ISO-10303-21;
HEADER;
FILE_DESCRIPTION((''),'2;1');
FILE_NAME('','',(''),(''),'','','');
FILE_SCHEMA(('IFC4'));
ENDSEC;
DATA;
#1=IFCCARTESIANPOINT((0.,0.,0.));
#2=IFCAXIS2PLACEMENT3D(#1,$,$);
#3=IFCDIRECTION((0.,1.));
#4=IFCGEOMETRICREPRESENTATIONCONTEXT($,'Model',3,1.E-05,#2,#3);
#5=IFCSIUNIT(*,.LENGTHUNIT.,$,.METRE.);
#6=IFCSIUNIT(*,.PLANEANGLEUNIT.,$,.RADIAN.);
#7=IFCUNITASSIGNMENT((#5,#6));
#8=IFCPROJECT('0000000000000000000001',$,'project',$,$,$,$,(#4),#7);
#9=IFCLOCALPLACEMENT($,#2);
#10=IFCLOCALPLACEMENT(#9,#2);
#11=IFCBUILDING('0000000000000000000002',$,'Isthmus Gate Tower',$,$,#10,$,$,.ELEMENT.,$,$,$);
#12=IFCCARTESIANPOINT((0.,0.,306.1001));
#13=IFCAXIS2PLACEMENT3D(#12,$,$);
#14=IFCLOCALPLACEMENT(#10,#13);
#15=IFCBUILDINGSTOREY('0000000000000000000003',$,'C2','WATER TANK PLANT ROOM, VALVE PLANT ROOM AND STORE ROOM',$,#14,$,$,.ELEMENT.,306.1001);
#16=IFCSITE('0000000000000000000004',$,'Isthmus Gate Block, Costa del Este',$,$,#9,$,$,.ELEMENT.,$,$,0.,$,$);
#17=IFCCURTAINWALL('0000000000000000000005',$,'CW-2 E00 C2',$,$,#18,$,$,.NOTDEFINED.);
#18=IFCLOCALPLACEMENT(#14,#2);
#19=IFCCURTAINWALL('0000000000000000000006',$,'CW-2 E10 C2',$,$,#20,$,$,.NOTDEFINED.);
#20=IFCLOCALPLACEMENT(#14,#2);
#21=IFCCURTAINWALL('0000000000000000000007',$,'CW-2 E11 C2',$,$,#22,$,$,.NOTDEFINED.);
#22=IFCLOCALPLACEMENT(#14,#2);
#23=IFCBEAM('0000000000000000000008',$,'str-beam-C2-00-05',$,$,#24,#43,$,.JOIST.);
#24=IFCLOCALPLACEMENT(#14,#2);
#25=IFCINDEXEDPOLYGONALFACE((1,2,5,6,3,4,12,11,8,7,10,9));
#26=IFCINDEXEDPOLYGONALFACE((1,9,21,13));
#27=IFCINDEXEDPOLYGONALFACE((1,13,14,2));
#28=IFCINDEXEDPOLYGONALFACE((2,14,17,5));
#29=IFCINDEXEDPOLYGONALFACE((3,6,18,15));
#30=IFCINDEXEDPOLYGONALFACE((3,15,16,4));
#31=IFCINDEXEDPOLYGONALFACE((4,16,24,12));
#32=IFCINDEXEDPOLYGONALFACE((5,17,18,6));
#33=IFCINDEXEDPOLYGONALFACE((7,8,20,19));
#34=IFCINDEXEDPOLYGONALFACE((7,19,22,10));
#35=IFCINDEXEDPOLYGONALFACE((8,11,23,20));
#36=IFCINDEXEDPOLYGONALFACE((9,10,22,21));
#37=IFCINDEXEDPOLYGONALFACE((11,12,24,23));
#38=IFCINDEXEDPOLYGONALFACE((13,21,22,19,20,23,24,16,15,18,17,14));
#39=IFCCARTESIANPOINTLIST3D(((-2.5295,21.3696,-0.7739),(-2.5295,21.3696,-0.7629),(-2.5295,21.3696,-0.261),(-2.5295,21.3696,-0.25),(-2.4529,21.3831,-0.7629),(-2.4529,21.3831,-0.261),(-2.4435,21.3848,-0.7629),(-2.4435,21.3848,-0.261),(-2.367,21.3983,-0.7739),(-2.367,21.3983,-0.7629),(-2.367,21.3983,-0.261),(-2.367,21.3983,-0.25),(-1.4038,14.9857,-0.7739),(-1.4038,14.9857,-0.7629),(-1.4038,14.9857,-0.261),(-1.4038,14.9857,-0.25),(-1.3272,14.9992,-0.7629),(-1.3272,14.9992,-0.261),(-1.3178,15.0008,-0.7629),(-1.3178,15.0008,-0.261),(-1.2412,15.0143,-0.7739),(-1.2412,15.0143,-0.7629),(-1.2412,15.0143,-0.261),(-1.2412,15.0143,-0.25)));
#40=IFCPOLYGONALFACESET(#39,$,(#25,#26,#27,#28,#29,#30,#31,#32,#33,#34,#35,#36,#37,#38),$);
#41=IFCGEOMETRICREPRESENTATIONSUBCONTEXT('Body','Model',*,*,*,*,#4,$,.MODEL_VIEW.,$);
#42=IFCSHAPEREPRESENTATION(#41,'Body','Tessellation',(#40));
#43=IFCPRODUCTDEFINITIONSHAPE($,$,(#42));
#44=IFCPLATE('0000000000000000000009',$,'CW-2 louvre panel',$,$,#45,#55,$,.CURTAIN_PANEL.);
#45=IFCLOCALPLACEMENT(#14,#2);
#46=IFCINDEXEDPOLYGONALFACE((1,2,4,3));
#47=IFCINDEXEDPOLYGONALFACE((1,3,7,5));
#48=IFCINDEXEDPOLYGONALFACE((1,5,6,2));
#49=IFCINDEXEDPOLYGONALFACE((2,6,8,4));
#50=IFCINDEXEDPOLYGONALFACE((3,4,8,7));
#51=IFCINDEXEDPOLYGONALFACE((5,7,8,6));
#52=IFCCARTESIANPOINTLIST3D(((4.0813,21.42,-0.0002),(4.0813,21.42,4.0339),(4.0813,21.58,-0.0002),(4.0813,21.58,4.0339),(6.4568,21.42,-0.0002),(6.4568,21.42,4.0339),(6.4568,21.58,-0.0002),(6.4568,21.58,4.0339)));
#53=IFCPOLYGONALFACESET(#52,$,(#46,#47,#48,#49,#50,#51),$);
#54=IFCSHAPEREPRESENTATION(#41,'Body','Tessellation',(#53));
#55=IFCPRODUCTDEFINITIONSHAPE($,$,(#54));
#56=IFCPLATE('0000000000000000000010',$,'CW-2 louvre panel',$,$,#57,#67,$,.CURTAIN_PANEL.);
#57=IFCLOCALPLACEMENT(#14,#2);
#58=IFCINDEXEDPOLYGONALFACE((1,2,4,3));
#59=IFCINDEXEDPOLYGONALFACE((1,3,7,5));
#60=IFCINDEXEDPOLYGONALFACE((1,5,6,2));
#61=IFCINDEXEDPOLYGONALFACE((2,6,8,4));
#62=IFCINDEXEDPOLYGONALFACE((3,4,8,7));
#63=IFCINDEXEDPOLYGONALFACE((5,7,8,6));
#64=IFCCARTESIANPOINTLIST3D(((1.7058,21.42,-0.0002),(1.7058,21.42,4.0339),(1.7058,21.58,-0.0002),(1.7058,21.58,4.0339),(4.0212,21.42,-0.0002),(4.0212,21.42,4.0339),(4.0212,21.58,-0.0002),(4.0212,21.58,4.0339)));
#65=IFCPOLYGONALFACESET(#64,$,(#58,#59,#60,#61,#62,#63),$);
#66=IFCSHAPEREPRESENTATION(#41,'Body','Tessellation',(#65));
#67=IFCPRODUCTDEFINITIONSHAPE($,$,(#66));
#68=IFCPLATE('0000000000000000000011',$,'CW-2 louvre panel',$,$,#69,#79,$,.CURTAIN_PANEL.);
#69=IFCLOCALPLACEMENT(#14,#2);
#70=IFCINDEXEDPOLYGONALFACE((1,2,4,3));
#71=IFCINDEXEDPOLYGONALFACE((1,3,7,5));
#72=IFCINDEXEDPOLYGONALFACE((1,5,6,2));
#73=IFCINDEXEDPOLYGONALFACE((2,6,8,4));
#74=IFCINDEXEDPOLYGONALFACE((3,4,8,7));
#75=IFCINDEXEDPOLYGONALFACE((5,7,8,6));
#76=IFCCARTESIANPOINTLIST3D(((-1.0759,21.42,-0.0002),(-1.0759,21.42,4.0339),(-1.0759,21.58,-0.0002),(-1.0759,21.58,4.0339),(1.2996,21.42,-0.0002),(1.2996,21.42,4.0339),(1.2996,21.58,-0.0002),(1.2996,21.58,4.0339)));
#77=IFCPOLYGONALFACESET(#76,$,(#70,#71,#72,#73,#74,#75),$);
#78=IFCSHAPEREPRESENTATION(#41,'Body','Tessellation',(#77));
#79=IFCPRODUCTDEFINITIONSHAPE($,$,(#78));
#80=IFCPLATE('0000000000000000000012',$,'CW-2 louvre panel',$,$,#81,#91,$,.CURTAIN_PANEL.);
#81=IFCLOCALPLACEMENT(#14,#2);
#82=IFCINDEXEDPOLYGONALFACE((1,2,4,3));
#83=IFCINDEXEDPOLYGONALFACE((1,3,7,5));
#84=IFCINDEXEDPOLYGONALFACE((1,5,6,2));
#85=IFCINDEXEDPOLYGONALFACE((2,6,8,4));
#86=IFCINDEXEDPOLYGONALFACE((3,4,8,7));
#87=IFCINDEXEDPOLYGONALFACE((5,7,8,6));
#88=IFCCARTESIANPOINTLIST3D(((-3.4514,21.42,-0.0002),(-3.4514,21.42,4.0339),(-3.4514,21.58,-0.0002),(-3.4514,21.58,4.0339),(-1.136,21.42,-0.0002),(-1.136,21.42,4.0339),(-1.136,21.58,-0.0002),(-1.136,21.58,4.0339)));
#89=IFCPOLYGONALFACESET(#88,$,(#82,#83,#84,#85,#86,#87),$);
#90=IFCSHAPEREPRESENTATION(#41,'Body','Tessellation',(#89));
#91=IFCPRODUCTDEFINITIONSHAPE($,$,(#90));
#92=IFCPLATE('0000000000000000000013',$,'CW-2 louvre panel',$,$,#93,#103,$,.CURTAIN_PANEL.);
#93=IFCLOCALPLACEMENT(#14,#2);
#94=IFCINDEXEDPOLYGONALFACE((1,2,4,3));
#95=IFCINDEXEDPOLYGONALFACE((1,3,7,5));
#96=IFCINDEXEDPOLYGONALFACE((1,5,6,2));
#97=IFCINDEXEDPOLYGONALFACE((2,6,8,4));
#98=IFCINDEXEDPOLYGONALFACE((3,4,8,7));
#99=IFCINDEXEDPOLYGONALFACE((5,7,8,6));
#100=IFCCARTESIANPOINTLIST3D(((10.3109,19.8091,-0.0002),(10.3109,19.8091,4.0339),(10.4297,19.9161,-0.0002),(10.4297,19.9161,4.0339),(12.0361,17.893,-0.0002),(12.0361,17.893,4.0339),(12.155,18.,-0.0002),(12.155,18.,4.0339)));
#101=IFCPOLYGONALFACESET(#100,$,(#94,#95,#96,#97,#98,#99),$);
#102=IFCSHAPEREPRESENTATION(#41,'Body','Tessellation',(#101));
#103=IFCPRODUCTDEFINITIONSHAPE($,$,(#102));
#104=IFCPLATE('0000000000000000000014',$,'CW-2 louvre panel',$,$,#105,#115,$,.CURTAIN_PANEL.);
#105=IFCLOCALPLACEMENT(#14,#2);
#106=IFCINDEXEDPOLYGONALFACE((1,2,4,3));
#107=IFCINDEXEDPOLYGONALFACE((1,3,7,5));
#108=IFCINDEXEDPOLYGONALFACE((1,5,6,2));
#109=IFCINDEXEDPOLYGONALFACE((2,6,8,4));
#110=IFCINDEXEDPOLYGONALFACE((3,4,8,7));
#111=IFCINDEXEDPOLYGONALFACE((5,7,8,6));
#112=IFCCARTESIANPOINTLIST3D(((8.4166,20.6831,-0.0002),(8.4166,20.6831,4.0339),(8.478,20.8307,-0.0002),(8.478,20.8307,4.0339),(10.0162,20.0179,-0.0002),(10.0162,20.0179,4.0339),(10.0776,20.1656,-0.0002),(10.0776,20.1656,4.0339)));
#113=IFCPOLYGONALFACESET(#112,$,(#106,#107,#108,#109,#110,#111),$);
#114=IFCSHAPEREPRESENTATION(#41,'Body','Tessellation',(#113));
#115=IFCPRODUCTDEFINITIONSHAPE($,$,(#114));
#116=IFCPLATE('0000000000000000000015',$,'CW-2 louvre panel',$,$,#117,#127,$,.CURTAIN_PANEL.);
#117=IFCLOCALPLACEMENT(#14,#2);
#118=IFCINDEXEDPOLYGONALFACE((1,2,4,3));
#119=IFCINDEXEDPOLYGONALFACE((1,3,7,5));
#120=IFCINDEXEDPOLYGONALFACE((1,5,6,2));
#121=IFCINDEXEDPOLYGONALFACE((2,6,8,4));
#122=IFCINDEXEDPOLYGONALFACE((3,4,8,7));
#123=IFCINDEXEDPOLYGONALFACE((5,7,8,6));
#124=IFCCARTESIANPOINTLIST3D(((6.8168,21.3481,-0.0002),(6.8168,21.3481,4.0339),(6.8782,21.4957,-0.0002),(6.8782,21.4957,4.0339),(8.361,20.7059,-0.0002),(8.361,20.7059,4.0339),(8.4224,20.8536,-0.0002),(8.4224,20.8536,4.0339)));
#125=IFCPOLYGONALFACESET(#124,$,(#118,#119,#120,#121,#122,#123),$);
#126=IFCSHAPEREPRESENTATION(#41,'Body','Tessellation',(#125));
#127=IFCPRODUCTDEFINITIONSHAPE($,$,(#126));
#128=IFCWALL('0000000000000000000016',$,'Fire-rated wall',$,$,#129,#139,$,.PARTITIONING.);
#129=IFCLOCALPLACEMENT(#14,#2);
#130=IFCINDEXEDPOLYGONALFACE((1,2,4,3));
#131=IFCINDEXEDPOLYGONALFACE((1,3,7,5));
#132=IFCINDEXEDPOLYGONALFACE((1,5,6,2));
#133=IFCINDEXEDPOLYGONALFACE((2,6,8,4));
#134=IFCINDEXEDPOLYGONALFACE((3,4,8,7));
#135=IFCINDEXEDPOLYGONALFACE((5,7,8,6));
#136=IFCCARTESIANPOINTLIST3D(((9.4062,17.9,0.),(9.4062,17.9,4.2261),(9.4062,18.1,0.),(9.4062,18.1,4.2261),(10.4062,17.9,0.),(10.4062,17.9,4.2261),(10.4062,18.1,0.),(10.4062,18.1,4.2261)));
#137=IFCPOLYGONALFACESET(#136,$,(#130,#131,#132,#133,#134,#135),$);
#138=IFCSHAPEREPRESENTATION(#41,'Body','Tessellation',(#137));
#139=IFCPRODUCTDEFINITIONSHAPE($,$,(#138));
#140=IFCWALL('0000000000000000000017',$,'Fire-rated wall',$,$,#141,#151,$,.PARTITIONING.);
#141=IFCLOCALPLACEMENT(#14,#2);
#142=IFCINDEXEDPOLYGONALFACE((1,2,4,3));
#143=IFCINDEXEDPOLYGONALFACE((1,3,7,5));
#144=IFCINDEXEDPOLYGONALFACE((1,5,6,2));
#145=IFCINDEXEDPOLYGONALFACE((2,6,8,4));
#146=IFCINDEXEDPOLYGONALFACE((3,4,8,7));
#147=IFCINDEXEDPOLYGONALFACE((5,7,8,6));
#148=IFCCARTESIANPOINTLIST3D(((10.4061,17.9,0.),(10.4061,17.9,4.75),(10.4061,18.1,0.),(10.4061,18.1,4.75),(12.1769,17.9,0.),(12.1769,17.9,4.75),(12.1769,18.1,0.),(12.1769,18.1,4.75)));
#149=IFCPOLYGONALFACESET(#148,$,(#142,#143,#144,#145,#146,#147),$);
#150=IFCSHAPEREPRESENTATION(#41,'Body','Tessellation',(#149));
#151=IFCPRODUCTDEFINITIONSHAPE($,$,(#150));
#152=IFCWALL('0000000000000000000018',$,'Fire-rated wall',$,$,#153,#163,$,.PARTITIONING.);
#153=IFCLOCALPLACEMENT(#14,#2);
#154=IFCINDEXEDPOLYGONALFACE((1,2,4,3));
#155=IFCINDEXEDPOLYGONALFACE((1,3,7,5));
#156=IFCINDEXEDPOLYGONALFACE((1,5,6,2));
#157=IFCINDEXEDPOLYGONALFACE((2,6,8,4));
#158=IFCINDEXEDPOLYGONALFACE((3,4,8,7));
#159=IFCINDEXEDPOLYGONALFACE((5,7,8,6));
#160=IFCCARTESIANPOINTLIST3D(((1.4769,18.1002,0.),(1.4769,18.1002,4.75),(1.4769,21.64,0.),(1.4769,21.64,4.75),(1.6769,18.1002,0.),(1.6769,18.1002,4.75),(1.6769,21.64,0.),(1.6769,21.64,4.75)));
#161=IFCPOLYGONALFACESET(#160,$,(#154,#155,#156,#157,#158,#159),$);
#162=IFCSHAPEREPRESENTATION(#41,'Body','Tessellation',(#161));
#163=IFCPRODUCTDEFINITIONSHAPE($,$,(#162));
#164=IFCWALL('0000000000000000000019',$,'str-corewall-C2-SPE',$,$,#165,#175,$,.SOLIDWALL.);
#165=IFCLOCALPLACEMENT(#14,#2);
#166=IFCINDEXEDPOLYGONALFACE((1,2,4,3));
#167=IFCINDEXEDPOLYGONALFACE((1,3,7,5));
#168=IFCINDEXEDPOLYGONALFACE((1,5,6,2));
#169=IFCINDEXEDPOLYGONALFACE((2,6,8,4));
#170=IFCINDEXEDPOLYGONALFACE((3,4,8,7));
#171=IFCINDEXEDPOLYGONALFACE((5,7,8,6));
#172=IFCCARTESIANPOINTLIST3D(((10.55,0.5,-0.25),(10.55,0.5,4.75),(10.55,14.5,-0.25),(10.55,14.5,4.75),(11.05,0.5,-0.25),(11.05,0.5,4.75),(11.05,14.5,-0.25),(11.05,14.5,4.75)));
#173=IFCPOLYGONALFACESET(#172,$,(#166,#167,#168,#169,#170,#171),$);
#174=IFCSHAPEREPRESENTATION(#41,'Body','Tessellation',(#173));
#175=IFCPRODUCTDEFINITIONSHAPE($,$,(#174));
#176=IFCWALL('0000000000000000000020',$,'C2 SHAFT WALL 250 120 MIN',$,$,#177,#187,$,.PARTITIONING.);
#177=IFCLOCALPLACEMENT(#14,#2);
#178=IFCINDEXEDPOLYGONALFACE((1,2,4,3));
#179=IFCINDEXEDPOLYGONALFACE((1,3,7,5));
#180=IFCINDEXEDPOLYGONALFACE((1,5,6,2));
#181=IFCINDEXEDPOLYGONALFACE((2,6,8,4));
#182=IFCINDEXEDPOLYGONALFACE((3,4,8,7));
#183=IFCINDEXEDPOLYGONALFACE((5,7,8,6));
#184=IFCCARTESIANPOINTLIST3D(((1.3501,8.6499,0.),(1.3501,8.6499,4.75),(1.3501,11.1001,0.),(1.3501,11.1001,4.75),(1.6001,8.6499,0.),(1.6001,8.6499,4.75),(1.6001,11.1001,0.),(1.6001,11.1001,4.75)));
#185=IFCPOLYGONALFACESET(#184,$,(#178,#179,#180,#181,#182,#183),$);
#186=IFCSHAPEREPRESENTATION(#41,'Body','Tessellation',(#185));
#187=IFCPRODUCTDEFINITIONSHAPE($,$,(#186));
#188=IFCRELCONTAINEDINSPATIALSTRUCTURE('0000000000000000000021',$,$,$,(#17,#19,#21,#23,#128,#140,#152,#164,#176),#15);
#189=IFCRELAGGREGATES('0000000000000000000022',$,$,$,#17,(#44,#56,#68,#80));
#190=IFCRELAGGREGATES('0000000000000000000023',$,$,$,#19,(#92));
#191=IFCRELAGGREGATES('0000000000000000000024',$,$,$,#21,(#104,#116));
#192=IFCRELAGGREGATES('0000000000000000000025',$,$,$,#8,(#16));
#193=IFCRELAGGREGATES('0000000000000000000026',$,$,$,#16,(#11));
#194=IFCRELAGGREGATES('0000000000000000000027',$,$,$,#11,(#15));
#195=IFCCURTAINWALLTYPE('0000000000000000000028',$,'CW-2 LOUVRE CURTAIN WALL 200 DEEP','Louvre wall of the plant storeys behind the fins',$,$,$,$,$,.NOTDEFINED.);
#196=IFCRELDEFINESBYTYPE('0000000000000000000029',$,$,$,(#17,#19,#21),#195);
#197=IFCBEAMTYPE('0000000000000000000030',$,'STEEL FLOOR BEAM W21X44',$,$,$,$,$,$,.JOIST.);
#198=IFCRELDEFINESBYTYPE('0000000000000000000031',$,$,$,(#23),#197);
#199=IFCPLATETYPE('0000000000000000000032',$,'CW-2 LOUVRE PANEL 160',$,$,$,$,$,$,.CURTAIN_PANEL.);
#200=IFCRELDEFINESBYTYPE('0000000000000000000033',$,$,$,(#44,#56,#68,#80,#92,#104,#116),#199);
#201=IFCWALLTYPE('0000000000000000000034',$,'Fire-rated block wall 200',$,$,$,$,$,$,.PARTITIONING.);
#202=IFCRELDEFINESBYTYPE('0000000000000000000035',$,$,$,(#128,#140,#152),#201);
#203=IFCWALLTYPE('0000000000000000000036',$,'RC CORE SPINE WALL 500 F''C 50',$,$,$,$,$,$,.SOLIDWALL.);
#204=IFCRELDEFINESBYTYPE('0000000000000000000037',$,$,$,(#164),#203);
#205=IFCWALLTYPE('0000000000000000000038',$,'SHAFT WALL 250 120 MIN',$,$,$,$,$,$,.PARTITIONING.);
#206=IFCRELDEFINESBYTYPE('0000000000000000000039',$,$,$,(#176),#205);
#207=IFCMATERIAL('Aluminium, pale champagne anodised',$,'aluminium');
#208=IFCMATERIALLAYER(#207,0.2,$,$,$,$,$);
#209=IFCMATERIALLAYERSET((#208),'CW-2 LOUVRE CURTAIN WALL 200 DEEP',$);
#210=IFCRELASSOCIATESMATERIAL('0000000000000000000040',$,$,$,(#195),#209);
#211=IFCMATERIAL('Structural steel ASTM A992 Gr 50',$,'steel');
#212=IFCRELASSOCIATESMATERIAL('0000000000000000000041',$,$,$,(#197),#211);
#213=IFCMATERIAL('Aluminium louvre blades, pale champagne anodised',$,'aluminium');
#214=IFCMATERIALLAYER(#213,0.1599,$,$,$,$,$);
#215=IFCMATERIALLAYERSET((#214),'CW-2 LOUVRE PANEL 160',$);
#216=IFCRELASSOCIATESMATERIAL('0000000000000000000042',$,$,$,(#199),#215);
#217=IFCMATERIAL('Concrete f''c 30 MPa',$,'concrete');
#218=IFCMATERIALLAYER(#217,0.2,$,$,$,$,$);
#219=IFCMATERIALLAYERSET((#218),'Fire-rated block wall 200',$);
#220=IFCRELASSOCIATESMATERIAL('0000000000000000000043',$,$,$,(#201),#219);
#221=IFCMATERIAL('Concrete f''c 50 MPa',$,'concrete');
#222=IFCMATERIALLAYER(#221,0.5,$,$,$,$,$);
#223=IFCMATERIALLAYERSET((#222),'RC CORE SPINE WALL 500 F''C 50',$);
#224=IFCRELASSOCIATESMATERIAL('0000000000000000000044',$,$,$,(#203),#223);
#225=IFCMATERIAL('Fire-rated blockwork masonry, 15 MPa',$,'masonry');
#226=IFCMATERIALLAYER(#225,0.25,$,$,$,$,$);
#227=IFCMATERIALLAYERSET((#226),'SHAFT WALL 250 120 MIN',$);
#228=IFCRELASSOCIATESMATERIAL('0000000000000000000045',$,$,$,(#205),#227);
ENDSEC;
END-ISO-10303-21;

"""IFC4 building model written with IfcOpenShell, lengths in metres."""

from ifc_helpers import new_model, si_unit, direction, frame, frame_2d, origin, origin_2d, place, context, subcontext, project, spatial, rectangle, i_section, extrude, material, layer, layer_set, material_profile, profile_set, type_object, element, aggregate, save


model = new_model("IFC4")

# Units and contexts
model_context = context("Model", 3, precision=1e-05, world=origin(), true_north=direction((0.0, 1.0)))
body_context = subcontext(model_context, "Body", "Model", "MODEL_VIEW")
ifc_project = project(units=[si_unit("LENGTHUNIT", "METRE"), si_unit("PLANEANGLEUNIT", "RADIAN")], contexts=[model_context])

# Site, building, storey
site_placement = place(None, origin())
site = spatial("IfcSite", under=ifc_project, at=site_placement, Name="Isthmus Gate Block, Costa del Este", CompositionType="ELEMENT", RefElevation=0.0)
building_placement = place(site_placement, origin())
building = spatial("IfcBuilding", under=site, at=building_placement, Name="Isthmus Gate Tower", CompositionType="ELEMENT")
storey_placement = place(building_placement, frame((0.0, 0.0, 306.1001)))
storey = spatial("IfcBuildingStorey", under=building, at=storey_placement, Name="C2", Description="WATER TANK PLANT ROOM, VALVE PLANT ROOM AND STORE ROOM", CompositionType="ELEMENT", Elevation=306.1001)

# Curtain wall
ifc_material_1 = material(Name="Aluminium, pale champagne anodised", Category="aluminium")
ifc_layer_1 = layer(ifc_material_1, 0.2)
ifc_layer_set_1 = layer_set([ifc_layer_1], Name="CW-2 LOUVRE CURTAIN WALL 200 DEEP")
curtain_wall_type = type_object("IfcCurtainWallType", Name="CW-2 LOUVRE CURTAIN WALL 200 DEEP", Description="Louvre wall of the plant storeys behind the fins", PredefinedType="NOTDEFINED", material=ifc_layer_set_1)
curtain_wall_1_placement = place(storey_placement, origin())
curtain_wall_1 = element("IfcCurtainWall", 1, at=curtain_wall_1_placement, inside=storey, type_object=curtain_wall_type, Name="CW-2 E00 C2", PredefinedType="NOTDEFINED")

# Curtain walls
curtain_wall_2_placement = place(storey_placement, origin())
curtain_wall_2 = element("IfcCurtainWall", 2, at=curtain_wall_2_placement, inside=storey, type_object=curtain_wall_type, Name="CW-2 E10 C2", PredefinedType="NOTDEFINED")
curtain_wall_3_placement = place(storey_placement, origin())
curtain_wall_3 = element("IfcCurtainWall", 3, at=curtain_wall_3_placement, inside=storey, type_object=curtain_wall_type, Name="CW-2 E11 C2", PredefinedType="NOTDEFINED")

# Beam
ifc_material_2 = material(Name="Structural steel ASTM A992 Gr 50", Category="steel")
ifc_material_profile_1 = material_profile(ifc_material_2, i_section(OverallWidth=0.165, OverallDepth=0.5239, WebThickness=0.0095, FlangeThickness=0.011, at=origin_2d()), Name="W21X44")
ifc_profile_set_1 = profile_set([ifc_material_profile_1], Name="Structural steel ASTM A992 Gr 50")
beam_type_1 = type_object("IfcBeamType", Name="STEEL FLOOR BEAM W21X44", PredefinedType="JOIST", material=ifc_profile_set_1)
beam_1_placement = place(storey_placement, frame((-1.3225, 15.0, -0.512), z_axis=(-0.173656, 0.984806, 0.0), x_axis=(-0.984806, -0.173656, 0.0)))
element("IfcBeam", 4, at=beam_1_placement, inside=storey, type_object=beam_type_1, Name="str-beam-C2-00-05", PredefinedType="JOIST", context=body_context, shape_type="SweptSolid", body=[
    extrude(i_section(OverallWidth=0.165, OverallDepth=0.5239, WebThickness=0.0095, FlangeThickness=0.011, at=origin_2d()), origin(), (0.0, 0.0, 1.0), 6.4824),
])

# Plates
ifc_material_3 = material(Name="Aluminium louvre blades, pale champagne anodised", Category="aluminium")
ifc_layer_2 = layer(ifc_material_3, 0.1599)
ifc_layer_set_2 = layer_set([ifc_layer_2], Name="CW-2 LOUVRE PANEL 160")
plate_type = type_object("IfcPlateType", Name="CW-2 LOUVRE PANEL 160", PredefinedType="CURTAIN_PANEL", material=ifc_layer_set_2)
plate_1_placement = place(storey_placement, frame((5.269, 21.5, -0.0002), z_axis=(0.0, 0.0, 1.0), x_axis=(-1.0, 0.0, 0.0)))
plate_1 = element("IfcPlate", 5, at=plate_1_placement, type_object=plate_type, Name="CW-2 louvre panel", PredefinedType="CURTAIN_PANEL", context=body_context, shape_type="SweptSolid", body=[
    extrude(rectangle(XDim=2.3755, YDim=0.1599, at=origin_2d()), origin(), (0.0, 0.0, 1.0), 4.0342),
])
plate_2_placement = place(storey_placement, frame((2.8635, 21.5, -0.0002), z_axis=(0.0, 0.0, 1.0), x_axis=(-1.0, 0.0, 0.0)))
plate_2 = element("IfcPlate", 6, at=plate_2_placement, type_object=plate_type, Name="CW-2 louvre panel", PredefinedType="CURTAIN_PANEL", context=body_context, shape_type="SweptSolid", body=[
    extrude(rectangle(XDim=2.3154, YDim=0.1599, at=origin_2d()), origin(), (0.0, 0.0, 1.0), 4.0342),
])
plate_3_placement = place(storey_placement, frame((0.1118, 21.5, -0.0002), z_axis=(0.0, 0.0, 1.0), x_axis=(-1.0, 0.0, 0.0)))
plate_3 = element("IfcPlate", 7, at=plate_3_placement, type_object=plate_type, Name="CW-2 louvre panel", PredefinedType="CURTAIN_PANEL", context=body_context, shape_type="SweptSolid", body=[
    extrude(rectangle(XDim=2.3755, YDim=0.1599, at=origin_2d()), origin(), (0.0, 0.0, 1.0), 4.0342),
])
plate_4_placement = place(storey_placement, frame((-2.2937, 21.5, -0.0002), z_axis=(0.0, 0.0, 1.0), x_axis=(-1.0, 0.0, 0.0)))
plate_4 = element("IfcPlate", 8, at=plate_4_placement, type_object=plate_type, Name="CW-2 louvre panel", PredefinedType="CURTAIN_PANEL", context=body_context, shape_type="SweptSolid", body=[
    extrude(rectangle(XDim=2.3154, YDim=0.1599, at=origin_2d()), origin(), (0.0, 0.0, 1.0), 4.0342),
])
aggregate(curtain_wall_1, [plate_1, plate_2, plate_3, plate_4])
plate_5_placement = place(storey_placement, frame((11.2329, 18.9045, -0.0002), z_axis=(0.0, 0.0, 1.0), x_axis=(-0.669131, 0.743145, 0.0)))
plate_5 = element("IfcPlate", 9, at=plate_5_placement, type_object=plate_type, Name="CW-2 louvre panel", PredefinedType="CURTAIN_PANEL", context=body_context, shape_type="SweptSolid", body=[
    extrude(rectangle(XDim=2.5784, YDim=0.1599, at=origin_2d()), origin(), (0.0, 0.0, 1.0), 4.0342),
])
aggregate(curtain_wall_2, [plate_5])
plate_6_placement = place(storey_placement, frame((9.2471, 20.4243, -0.0002), z_axis=(0.0, 0.0, 1.0), x_axis=(-0.923353, 0.383952, 0.0)))
plate_6 = element("IfcPlate", 10, at=plate_6_placement, type_object=plate_type, Name="CW-2 louvre panel", PredefinedType="CURTAIN_PANEL", context=body_context, shape_type="SweptSolid", body=[
    extrude(rectangle(XDim=1.7324, YDim=0.1599, at=origin_2d()), origin(), (0.0, 0.0, 1.0), 4.0342),
])
plate_7_placement = place(storey_placement, frame((7.6196, 21.1008, -0.0002), z_axis=(0.0, 0.0, 1.0), x_axis=(-0.923353, 0.383952, 0.0)))
plate_7 = element("IfcPlate", 11, at=plate_7_placement, type_object=plate_type, Name="CW-2 louvre panel", PredefinedType="CURTAIN_PANEL", context=body_context, shape_type="SweptSolid", body=[
    extrude(rectangle(XDim=1.6724, YDim=0.1599, at=origin_2d()), origin(), (0.0, 0.0, 1.0), 4.0342),
])
aggregate(curtain_wall_3, [plate_6, plate_7])

# Walls
ifc_material_4 = material(Name="Concrete f'c 30 MPa", Category="concrete")
ifc_layer_3 = layer(ifc_material_4, 0.2)
ifc_layer_set_3 = layer_set([ifc_layer_3], Name="Fire-rated block wall 200")
wall_type_1 = type_object("IfcWallType", Name="Fire-rated block wall 200", PredefinedType="PARTITIONING", material=ifc_layer_set_3)
wall_1_placement = place(storey_placement, frame((9.4062, 18.0, 0.0), z_axis=(0.0, 0.0, 1.0), x_axis=(1.0, 0.0, 0.0)))
element("IfcWall", 12, at=wall_1_placement, inside=storey, type_object=wall_type_1, Name="Fire-rated wall", PredefinedType="PARTITIONING", context=body_context, shape_type="SweptSolid", body=[
    extrude(rectangle(XDim=1.0, YDim=0.2, at=frame_2d((0.5, 0.0))), origin(), (0.0, 0.0, 1.0), 4.2261),
])
wall_2_placement = place(storey_placement, frame((10.4062, 18.0, 0.0), z_axis=(0.0, 0.0, 1.0), x_axis=(1.0, 0.0, 0.0)))
element("IfcWall", 13, at=wall_2_placement, inside=storey, type_object=wall_type_1, Name="Fire-rated wall", PredefinedType="PARTITIONING", context=body_context, shape_type="SweptSolid", body=[
    extrude(rectangle(XDim=1.7708, YDim=0.2, at=frame_2d((0.8853, 0.0))), origin(), (0.0, 0.0, 1.0), 4.75),
])
wall_3_placement = place(storey_placement, frame((1.5769, 18.1001, 0.0), z_axis=(0.0, 0.0, 1.0), x_axis=(0.0, 1.0, 0.0)))
element("IfcWall", 14, at=wall_3_placement, inside=storey, type_object=wall_type_1, Name="Fire-rated wall", PredefinedType="PARTITIONING", context=body_context, shape_type="SweptSolid", body=[
    extrude(rectangle(XDim=3.5398, YDim=0.2, at=frame_2d((1.77, 0.0))), origin(), (0.0, 0.0, 1.0), 4.75),
])
ifc_material_5 = material(Name="Concrete f'c 50 MPa", Category="concrete")
ifc_layer_4 = layer(ifc_material_5, 0.5)
ifc_layer_set_4 = layer_set([ifc_layer_4], Name="RC CORE SPINE WALL 500 F'C 50")
wall_type_2 = type_object("IfcWallType", Name="RC CORE SPINE WALL 500 F'C 50", PredefinedType="SOLIDWALL", material=ifc_layer_set_4)
wall_4_placement = place(storey_placement, frame((10.8, 0.5, -0.25), z_axis=(0.0, 0.0, 1.0), x_axis=(0.0, 1.0, 0.0)))
element("IfcWall", 15, at=wall_4_placement, inside=storey, type_object=wall_type_2, Name="str-corewall-C2-SPE", PredefinedType="SOLIDWALL", context=body_context, shape_type="SweptSolid", body=[
    extrude(rectangle(XDim=14.0, YDim=0.5, at=frame_2d((7.0, 0.0))), origin(), (0.0, 0.0, 1.0), 5.0),
])
ifc_material_6 = material(Name="Fire-rated blockwork masonry, 15 MPa", Category="masonry")
ifc_layer_5 = layer(ifc_material_6, 0.25)
ifc_layer_set_5 = layer_set([ifc_layer_5], Name="SHAFT WALL 250 120 MIN")
wall_type_3 = type_object("IfcWallType", Name="SHAFT WALL 250 120 MIN", PredefinedType="PARTITIONING", material=ifc_layer_set_5)
wall_5_placement = place(storey_placement, frame((1.4751, 8.6499, 0.0), z_axis=(0.0, 0.0, 1.0), x_axis=(0.0, 1.0, 0.0)))
element("IfcWall", 16, at=wall_5_placement, inside=storey, type_object=wall_type_3, Name="C2 SHAFT WALL 250 120 MIN", PredefinedType="PARTITIONING", context=body_context, shape_type="SweptSolid", body=[
    extrude(rectangle(XDim=2.4502, YDim=0.25, at=frame_2d((1.2251, 0.0))), origin(), (0.0, 0.0, 1.0), 4.75),
])

save(model, "model.ifc")
